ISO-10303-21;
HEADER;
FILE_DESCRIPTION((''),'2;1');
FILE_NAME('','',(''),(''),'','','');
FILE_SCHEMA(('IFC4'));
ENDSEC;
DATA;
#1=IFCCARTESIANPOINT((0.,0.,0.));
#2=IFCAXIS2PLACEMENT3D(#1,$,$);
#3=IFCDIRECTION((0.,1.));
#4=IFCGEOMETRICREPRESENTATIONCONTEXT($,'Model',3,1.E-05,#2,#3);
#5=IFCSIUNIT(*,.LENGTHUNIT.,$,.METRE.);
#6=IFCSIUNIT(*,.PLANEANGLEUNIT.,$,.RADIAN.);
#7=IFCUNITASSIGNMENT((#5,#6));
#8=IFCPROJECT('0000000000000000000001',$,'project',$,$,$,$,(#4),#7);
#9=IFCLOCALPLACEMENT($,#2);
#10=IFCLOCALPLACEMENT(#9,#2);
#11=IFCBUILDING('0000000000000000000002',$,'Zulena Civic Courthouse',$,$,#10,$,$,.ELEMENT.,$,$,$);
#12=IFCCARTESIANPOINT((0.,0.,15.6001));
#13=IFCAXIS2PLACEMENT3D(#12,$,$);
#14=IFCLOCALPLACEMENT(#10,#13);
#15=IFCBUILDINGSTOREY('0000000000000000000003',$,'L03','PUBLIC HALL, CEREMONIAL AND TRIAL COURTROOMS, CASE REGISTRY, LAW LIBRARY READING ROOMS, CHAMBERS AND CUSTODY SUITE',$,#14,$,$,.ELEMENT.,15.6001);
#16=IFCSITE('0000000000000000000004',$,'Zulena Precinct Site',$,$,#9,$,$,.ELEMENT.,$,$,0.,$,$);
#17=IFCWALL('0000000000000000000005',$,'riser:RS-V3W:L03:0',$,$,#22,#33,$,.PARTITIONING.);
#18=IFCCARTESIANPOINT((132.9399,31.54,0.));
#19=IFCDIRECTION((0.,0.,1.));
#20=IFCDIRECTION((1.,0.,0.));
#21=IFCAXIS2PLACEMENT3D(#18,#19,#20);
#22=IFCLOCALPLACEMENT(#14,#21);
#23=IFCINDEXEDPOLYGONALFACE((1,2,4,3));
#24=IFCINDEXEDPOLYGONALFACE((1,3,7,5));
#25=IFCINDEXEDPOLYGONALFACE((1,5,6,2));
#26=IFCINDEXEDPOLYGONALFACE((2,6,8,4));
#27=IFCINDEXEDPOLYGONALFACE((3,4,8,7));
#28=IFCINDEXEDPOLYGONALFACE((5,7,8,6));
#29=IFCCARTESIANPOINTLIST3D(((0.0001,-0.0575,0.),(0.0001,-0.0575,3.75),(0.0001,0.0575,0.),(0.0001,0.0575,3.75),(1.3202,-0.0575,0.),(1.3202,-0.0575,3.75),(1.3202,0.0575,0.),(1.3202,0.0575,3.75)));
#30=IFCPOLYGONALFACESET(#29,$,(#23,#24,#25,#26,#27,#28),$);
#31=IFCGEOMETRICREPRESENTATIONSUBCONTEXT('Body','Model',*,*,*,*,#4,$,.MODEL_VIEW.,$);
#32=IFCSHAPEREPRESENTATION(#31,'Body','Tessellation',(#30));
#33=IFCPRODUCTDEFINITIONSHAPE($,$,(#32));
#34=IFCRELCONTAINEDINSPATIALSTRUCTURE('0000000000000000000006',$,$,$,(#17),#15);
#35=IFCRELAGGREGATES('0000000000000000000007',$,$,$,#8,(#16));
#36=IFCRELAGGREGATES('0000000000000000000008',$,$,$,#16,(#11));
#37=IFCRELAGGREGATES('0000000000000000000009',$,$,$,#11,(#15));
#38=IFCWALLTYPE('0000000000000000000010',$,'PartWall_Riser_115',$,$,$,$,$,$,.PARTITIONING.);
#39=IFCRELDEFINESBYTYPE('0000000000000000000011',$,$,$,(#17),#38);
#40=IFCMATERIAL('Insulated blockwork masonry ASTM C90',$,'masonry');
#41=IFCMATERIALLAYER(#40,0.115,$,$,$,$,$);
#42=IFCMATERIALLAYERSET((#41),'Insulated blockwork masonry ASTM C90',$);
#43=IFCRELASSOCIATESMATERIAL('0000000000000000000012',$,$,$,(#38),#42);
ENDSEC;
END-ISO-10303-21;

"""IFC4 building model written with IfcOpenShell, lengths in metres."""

from ifc_helpers import new_model, si_unit, direction, frame, frame_2d, origin, place, context, subcontext, project, spatial, rectangle, extrude, material, layer, layer_set, type_object, element, save


model = new_model("IFC4")

# Units and contexts
model_context = context("Model", 3, precision=1e-05, world=origin(), true_north=direction((0.0, 1.0)))
body_context = subcontext(model_context, "Body", "Model", "MODEL_VIEW")
ifc_project = project(units=[si_unit("LENGTHUNIT", "METRE"), si_unit("PLANEANGLEUNIT", "RADIAN")], contexts=[model_context])

# Site, building, storey
site_placement = place(None, origin())
site = spatial("IfcSite", under=ifc_project, at=site_placement, Name="Zulena Precinct Site", CompositionType="ELEMENT", RefElevation=0.0)
building_placement = place(site_placement, origin())
building = spatial("IfcBuilding", under=site, at=building_placement, Name="Zulena Civic Courthouse", CompositionType="ELEMENT")
storey_placement = place(building_placement, frame((0.0, 0.0, 15.6001)))
storey = spatial("IfcBuildingStorey", under=building, at=storey_placement, Name="L03", Description="PUBLIC HALL, CEREMONIAL AND TRIAL COURTROOMS, CASE REGISTRY, LAW LIBRARY READING ROOMS, CHAMBERS AND CUSTODY SUITE", CompositionType="ELEMENT", Elevation=15.6001)

# Wall
ifc_material_1 = material(Name="Insulated blockwork masonry ASTM C90", Category="masonry")
ifc_layer_1 = layer(ifc_material_1, 0.115)
ifc_layer_set_1 = layer_set([ifc_layer_1], Name="Insulated blockwork masonry ASTM C90")
wall_type_1 = type_object("IfcWallType", Name="PartWall_Riser_115", PredefinedType="PARTITIONING", material=ifc_layer_set_1)
for number, where, z_axis, x_axis, name in (
    (1, (132.9399, 31.54, 0.0), (0.0, 0.0, 1.0), (1.0, 0.0, 0.0), "riser:RS-V3W:L03:0"),
):
    element("IfcWall", number, at=place(storey_placement, frame(where, z_axis=z_axis, x_axis=x_axis)), inside=storey, type_object=wall_type_1, Name=name, PredefinedType="PARTITIONING", context=body_context, shape_type="SweptSolid", body=[
        extrude(rectangle(XDim=1.3201, YDim=0.115, at=frame_2d((0.6602, 0.0))), origin(), (0.0, 0.0, 1.0), 3.75),
    ])

save(model, "model.ifc")
